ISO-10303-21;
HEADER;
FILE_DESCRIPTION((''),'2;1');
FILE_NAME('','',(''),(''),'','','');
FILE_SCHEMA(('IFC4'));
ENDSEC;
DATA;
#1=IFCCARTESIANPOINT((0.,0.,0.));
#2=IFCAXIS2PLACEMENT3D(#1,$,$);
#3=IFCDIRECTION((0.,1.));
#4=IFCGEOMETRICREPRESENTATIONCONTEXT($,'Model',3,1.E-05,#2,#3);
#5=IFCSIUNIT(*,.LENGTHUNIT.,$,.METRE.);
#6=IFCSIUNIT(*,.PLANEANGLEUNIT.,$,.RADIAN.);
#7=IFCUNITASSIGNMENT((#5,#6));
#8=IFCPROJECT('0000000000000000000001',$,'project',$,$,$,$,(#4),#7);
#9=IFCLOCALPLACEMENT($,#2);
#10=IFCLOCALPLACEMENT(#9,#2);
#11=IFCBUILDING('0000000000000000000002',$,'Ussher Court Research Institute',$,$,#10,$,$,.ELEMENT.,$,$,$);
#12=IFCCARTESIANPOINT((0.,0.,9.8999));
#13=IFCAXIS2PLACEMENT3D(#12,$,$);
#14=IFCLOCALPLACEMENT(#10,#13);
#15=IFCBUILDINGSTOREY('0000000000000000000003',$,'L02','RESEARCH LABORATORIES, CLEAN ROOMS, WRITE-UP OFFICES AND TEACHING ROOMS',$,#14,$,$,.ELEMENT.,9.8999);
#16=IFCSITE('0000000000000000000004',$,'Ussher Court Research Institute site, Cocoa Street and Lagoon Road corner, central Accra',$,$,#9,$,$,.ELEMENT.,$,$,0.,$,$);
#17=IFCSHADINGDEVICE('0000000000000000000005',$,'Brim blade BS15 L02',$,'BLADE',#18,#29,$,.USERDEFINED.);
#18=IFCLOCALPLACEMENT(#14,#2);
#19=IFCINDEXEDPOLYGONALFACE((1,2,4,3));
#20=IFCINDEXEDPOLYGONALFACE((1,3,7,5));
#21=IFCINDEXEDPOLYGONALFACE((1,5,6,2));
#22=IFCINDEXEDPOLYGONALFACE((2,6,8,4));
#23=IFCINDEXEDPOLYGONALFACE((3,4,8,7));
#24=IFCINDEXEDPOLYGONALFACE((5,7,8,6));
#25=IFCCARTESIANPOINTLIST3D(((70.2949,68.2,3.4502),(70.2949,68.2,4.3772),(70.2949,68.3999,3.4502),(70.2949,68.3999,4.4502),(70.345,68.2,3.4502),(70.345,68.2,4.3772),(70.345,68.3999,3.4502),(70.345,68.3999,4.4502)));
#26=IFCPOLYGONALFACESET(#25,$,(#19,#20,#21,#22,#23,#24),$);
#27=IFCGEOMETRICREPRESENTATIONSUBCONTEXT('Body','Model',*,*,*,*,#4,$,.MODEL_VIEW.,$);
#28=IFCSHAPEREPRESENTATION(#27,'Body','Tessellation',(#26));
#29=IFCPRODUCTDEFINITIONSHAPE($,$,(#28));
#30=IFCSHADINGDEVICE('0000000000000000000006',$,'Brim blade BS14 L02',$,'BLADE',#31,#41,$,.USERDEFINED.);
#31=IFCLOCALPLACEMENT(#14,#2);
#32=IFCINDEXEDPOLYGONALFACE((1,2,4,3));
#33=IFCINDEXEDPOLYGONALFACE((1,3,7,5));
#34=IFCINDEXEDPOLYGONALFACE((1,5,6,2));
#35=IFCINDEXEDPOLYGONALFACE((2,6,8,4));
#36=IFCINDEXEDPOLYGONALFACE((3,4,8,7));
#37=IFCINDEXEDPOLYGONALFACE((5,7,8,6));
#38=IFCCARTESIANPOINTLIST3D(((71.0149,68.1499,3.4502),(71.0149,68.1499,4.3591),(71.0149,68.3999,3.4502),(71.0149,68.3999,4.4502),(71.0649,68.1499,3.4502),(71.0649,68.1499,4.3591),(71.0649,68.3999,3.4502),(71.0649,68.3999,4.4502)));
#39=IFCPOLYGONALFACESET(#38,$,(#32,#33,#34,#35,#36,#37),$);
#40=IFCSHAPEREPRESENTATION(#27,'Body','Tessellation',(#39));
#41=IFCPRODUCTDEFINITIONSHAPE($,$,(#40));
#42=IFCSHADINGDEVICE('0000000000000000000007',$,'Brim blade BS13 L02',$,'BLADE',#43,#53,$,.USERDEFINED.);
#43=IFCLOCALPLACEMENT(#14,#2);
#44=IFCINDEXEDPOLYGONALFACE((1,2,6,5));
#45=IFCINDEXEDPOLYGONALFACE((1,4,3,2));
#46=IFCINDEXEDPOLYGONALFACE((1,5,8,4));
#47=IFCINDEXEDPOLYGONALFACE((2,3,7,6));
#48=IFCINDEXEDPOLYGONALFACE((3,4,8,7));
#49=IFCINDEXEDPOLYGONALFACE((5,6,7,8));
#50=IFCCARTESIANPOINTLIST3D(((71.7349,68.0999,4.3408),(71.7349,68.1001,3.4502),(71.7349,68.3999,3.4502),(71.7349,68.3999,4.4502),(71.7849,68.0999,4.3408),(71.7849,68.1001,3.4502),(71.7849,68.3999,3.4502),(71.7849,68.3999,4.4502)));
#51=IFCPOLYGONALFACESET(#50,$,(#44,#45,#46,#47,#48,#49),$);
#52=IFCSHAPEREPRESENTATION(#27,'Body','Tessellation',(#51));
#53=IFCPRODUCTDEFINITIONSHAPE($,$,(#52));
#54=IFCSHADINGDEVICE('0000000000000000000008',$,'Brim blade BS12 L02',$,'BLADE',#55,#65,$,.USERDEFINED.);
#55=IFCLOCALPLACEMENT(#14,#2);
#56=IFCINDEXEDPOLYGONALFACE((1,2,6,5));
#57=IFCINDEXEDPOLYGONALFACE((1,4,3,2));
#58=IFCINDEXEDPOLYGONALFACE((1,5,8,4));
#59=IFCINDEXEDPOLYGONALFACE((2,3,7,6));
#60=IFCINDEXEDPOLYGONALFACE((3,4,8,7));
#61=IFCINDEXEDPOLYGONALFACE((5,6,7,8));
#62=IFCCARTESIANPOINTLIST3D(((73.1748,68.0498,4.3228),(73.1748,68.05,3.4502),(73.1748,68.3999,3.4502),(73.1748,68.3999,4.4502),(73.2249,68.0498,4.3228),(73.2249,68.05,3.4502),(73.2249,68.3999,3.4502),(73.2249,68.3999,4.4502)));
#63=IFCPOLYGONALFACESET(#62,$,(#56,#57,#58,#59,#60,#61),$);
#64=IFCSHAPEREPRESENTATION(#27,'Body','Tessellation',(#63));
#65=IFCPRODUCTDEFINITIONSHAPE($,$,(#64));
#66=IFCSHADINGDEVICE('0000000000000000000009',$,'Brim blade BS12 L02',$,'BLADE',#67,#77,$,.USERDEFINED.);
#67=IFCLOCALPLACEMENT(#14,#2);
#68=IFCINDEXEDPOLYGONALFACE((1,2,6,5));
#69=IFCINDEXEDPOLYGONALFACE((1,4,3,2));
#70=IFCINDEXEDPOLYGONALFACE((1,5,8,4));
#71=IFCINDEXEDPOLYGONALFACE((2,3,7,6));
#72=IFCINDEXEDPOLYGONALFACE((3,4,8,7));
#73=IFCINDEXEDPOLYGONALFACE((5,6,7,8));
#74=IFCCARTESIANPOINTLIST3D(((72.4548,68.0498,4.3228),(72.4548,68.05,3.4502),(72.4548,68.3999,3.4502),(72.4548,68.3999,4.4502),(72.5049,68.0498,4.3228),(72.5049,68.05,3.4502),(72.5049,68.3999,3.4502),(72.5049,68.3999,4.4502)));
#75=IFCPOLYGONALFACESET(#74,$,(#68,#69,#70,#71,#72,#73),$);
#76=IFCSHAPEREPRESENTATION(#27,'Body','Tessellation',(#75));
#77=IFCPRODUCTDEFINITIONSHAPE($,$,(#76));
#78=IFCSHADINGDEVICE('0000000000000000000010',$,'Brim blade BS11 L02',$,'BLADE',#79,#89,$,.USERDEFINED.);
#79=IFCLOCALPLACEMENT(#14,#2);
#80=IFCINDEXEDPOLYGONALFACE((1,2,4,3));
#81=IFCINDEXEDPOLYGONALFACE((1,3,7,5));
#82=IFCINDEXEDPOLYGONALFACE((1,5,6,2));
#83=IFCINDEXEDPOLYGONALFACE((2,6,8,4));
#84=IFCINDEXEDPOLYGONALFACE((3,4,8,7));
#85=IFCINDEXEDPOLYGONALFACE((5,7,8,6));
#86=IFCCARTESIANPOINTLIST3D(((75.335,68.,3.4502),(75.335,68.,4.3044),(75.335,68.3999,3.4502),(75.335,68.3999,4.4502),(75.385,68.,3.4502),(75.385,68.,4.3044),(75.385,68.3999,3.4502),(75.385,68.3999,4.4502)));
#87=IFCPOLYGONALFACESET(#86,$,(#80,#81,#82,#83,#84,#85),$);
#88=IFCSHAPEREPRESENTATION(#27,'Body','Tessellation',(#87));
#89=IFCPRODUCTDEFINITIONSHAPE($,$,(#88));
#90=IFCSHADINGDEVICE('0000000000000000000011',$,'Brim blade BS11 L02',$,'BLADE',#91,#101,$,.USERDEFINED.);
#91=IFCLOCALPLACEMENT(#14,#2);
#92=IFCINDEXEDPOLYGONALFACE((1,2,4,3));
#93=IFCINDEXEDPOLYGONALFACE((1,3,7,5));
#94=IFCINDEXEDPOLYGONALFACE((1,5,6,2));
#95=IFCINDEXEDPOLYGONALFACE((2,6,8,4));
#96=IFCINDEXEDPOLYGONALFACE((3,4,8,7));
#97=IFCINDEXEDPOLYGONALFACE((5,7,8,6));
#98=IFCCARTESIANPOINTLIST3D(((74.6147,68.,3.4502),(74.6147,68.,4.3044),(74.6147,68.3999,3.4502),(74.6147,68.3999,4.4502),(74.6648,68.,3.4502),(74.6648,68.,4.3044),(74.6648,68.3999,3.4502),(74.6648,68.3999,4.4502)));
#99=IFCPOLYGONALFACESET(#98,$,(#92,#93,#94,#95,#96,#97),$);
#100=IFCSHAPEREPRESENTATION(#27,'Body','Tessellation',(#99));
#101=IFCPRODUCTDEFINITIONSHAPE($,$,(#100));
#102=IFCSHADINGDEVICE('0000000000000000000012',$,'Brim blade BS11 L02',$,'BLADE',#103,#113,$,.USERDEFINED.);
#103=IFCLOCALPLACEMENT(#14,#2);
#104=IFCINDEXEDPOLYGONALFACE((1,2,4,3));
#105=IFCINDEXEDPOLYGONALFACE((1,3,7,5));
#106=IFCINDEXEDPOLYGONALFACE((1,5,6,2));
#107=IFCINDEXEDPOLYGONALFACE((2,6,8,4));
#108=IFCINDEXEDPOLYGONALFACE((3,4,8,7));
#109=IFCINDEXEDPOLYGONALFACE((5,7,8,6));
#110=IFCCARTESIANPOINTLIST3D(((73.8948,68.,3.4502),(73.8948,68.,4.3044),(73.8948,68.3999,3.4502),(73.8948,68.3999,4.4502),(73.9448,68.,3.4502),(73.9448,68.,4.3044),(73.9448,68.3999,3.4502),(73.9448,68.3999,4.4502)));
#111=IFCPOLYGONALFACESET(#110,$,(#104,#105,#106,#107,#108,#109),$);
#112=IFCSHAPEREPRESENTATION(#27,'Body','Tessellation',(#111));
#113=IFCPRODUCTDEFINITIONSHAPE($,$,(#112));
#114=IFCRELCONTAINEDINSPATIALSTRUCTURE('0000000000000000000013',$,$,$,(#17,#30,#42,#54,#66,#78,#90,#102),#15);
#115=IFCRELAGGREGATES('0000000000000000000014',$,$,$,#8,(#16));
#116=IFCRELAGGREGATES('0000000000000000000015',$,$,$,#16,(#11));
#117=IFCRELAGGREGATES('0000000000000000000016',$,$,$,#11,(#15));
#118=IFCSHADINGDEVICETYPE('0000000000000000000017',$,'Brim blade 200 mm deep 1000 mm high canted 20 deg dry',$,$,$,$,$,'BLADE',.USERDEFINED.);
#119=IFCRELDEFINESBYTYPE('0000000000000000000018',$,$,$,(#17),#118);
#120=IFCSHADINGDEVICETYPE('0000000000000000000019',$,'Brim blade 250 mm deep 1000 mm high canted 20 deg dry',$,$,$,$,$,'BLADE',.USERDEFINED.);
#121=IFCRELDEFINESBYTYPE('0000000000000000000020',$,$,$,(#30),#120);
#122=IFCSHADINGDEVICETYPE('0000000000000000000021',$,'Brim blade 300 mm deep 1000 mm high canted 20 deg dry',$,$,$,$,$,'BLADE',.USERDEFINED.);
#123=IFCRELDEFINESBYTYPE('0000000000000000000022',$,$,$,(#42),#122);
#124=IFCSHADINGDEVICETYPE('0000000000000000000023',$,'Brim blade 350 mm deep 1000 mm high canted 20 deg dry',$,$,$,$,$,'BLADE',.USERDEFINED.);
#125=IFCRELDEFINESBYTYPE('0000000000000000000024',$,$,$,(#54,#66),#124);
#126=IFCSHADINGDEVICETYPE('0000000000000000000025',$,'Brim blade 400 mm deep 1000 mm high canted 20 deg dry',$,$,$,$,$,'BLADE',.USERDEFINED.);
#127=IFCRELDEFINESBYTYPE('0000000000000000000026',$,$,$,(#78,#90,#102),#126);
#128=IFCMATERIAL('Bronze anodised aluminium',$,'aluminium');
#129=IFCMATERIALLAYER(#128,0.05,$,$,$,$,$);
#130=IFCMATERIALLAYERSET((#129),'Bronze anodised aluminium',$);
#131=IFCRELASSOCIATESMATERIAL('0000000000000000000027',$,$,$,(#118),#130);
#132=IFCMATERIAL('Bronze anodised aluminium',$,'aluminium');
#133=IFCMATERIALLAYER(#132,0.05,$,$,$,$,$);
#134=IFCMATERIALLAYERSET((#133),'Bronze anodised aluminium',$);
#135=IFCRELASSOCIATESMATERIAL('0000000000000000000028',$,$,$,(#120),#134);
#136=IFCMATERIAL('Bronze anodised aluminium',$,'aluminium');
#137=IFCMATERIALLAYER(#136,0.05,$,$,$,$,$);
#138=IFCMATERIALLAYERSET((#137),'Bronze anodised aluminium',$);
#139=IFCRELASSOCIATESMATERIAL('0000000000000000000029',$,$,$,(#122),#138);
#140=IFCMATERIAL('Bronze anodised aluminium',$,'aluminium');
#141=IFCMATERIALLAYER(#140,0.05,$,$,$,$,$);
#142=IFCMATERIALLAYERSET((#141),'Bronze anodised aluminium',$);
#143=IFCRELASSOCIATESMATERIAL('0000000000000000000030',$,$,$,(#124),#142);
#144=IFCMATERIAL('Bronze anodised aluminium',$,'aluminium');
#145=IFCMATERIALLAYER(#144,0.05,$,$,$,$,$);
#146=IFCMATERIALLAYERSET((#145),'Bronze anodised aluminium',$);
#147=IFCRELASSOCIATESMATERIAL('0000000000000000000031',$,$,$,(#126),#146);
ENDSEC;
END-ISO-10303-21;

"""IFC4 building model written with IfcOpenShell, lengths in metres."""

from ifc_helpers import new_model, si_unit, direction, frame, origin, place, context, subcontext, project, spatial, polyline, outline, extrude, material, layer, layer_set, type_object, element, save


model = new_model("IFC4")

# Units and contexts
model_context = context("Model", 3, precision=1e-05, world=origin(), true_north=direction((0.0, 1.0)))
body_context = subcontext(model_context, "Body", "Model", "MODEL_VIEW")
ifc_project = project(units=[si_unit("LENGTHUNIT", "METRE"), si_unit("PLANEANGLEUNIT", "RADIAN")], contexts=[model_context])

# Site, building, storey
site_placement = place(None, origin())
site = spatial("IfcSite", under=ifc_project, at=site_placement, Name="Ussher Court Research Institute site, Cocoa Street and Lagoon Road corner, central Accra", CompositionType="ELEMENT", RefElevation=0.0)
building_placement = place(site_placement, origin())
building = spatial("IfcBuilding", under=site, at=building_placement, Name="Ussher Court Research Institute", CompositionType="ELEMENT")
storey_placement = place(building_placement, frame((0.0, 0.0, 9.8999)))
storey = spatial("IfcBuildingStorey", under=building, at=storey_placement, Name="L02", Description="RESEARCH LABORATORIES, CLEAN ROOMS, WRITE-UP OFFICES AND TEACHING ROOMS", CompositionType="ELEMENT", Elevation=9.8999)

# Shading devices
ifc_material_1 = material(Name="Bronze anodised aluminium", Category="aluminium")
ifc_layer_1 = layer(ifc_material_1, 0.05)
ifc_layer_set_1 = layer_set([ifc_layer_1], Name="Bronze anodised aluminium")
shading_device_type_1 = type_object("IfcShadingDeviceType", Name="Brim blade 200 mm deep 1000 mm high canted 20 deg dry", ElementType="BLADE", PredefinedType="USERDEFINED", material=ifc_layer_set_1)
shading_device_1_placement = place(storey_placement, frame((70.3201, 68.3999, 3.4502), z_axis=(0.0, 0.0, 1.0), x_axis=(0.0, -1.0, 0.0)))
element("IfcShadingDevice", 1, at=shading_device_1_placement, inside=storey, type_object=shading_device_type_1, Name="Brim blade BS15 L02", ObjectType="BLADE", PredefinedType="USERDEFINED", context=body_context, shape_type="SweptSolid", body=[
    extrude(outline(polyline([(0.0, 0.0), (0.2, 0.0), (0.2, 0.927), (0.0, 1.0), (0.0, 0.0)])), frame((0.0, 0.0249, 0.0), z_axis=(0.0, -1.0, 0.0), x_axis=(1.0, 0.0, 0.0)), (0.0, 0.0, 1.0), 0.05),
])
ifc_material_2 = material(Name="Bronze anodised aluminium", Category="aluminium")
ifc_layer_2 = layer(ifc_material_2, 0.05)
ifc_layer_set_2 = layer_set([ifc_layer_2], Name="Bronze anodised aluminium")
shading_device_type_2 = type_object("IfcShadingDeviceType", Name="Brim blade 250 mm deep 1000 mm high canted 20 deg dry", ElementType="BLADE", PredefinedType="USERDEFINED", material=ifc_layer_set_2)
shading_device_2_placement = place(storey_placement, frame((71.04, 68.3999, 3.4502), z_axis=(0.0, 0.0, 1.0), x_axis=(0.0, -1.0, 0.0)))
element("IfcShadingDevice", 2, at=shading_device_2_placement, inside=storey, type_object=shading_device_type_2, Name="Brim blade BS14 L02", ObjectType="BLADE", PredefinedType="USERDEFINED", context=body_context, shape_type="SweptSolid", body=[
    extrude(outline(polyline([(0.0, 0.0), (0.25, 0.0), (0.25, 0.9089), (0.0, 1.0), (0.0, 0.0)])), frame((0.0, 0.0249, 0.0), z_axis=(0.0, -1.0, 0.0), x_axis=(1.0, 0.0, 0.0)), (0.0, 0.0, 1.0), 0.05),
])
ifc_material_3 = material(Name="Bronze anodised aluminium", Category="aluminium")
ifc_layer_3 = layer(ifc_material_3, 0.05)
ifc_layer_set_3 = layer_set([ifc_layer_3], Name="Bronze anodised aluminium")
shading_device_type_3 = type_object("IfcShadingDeviceType", Name="Brim blade 300 mm deep 1000 mm high canted 20 deg dry", ElementType="BLADE", PredefinedType="USERDEFINED", material=ifc_layer_set_3)
shading_device_3_placement = place(storey_placement, frame((71.76, 68.3999, 3.4502), z_axis=(0.0, 0.0, 1.0), x_axis=(0.0, -1.0, 0.0)))
element("IfcShadingDevice", 3, at=shading_device_3_placement, inside=storey, type_object=shading_device_type_3, Name="Brim blade BS13 L02", ObjectType="BLADE", PredefinedType="USERDEFINED", context=body_context, shape_type="SweptSolid", body=[
    extrude(outline(polyline([(0.0, 0.0), (0.2998, 0.0), (0.3, 0.8906), (0.0, 1.0), (0.0, 0.0)])), frame((0.0, 0.0249, 0.0), z_axis=(0.0, -1.0, 0.0), x_axis=(1.0, 0.0, 0.0)), (0.0, 0.0, 1.0), 0.05),
])
ifc_material_4 = material(Name="Bronze anodised aluminium", Category="aluminium")
ifc_layer_4 = layer(ifc_material_4, 0.05)
ifc_layer_set_4 = layer_set([ifc_layer_4], Name="Bronze anodised aluminium")
shading_device_type_4 = type_object("IfcShadingDeviceType", Name="Brim blade 350 mm deep 1000 mm high canted 20 deg dry", ElementType="BLADE", PredefinedType="USERDEFINED", material=ifc_layer_set_4)
for number, where, z_axis, x_axis, name in (
    (4, (73.2, 68.3999, 3.4502), (0.0, 0.0, 1.0), (0.0, -1.0, 0.0), "Brim blade BS12 L02"),
    (5, (72.48, 68.3999, 3.4502), (0.0, 0.0, 1.0), (0.0, -1.0, 0.0), "Brim blade BS12 L02"),
):
    element("IfcShadingDevice", number, at=place(storey_placement, frame(where, z_axis=z_axis, x_axis=x_axis)), inside=storey, type_object=shading_device_type_4, Name=name, ObjectType="BLADE", PredefinedType="USERDEFINED", context=body_context, shape_type="SweptSolid", body=[
        extrude(outline(polyline([(0.0, 0.0), (0.3499, 0.0), (0.3501, 0.8726), (0.0, 1.0), (0.0, 0.0)])), frame((0.0, 0.0249, 0.0), z_axis=(0.0, -1.0, 0.0), x_axis=(1.0, 0.0, 0.0)), (0.0, 0.0, 1.0), 0.05),
    ])
ifc_material_5 = material(Name="Bronze anodised aluminium", Category="aluminium")
ifc_layer_5 = layer(ifc_material_5, 0.05)
ifc_layer_set_5 = layer_set([ifc_layer_5], Name="Bronze anodised aluminium")
shading_device_type_5 = type_object("IfcShadingDeviceType", Name="Brim blade 400 mm deep 1000 mm high canted 20 deg dry", ElementType="BLADE", PredefinedType="USERDEFINED", material=ifc_layer_set_5)
for number, where, z_axis, x_axis, name in (
    (6, (75.3601, 68.3999, 3.4502), (0.0, 0.0, 1.0), (0.0, -1.0, 0.0), "Brim blade BS11 L02"),
    (7, (74.6399, 68.3999, 3.4502), (0.0, 0.0, 1.0), (0.0, -1.0, 0.0), "Brim blade BS11 L02"),
    (8, (73.9199, 68.3999, 3.4502), (0.0, 0.0, 1.0), (0.0, -1.0, 0.0), "Brim blade BS11 L02"),
):
    element("IfcShadingDevice", number, at=place(storey_placement, frame(where, z_axis=z_axis, x_axis=x_axis)), inside=storey, type_object=shading_device_type_5, Name=name, ObjectType="BLADE", PredefinedType="USERDEFINED", context=body_context, shape_type="SweptSolid", body=[
        extrude(outline(polyline([(0.0, 0.0), (0.3999, 0.0), (0.3999, 0.8542), (0.0, 1.0), (0.0, 0.0)])), frame((0.0, 0.0249, 0.0), z_axis=(0.0, -1.0, 0.0), x_axis=(1.0, 0.0, 0.0)), (0.0, 0.0, 1.0), 0.05),
    ])

save(model, "model.ifc")
